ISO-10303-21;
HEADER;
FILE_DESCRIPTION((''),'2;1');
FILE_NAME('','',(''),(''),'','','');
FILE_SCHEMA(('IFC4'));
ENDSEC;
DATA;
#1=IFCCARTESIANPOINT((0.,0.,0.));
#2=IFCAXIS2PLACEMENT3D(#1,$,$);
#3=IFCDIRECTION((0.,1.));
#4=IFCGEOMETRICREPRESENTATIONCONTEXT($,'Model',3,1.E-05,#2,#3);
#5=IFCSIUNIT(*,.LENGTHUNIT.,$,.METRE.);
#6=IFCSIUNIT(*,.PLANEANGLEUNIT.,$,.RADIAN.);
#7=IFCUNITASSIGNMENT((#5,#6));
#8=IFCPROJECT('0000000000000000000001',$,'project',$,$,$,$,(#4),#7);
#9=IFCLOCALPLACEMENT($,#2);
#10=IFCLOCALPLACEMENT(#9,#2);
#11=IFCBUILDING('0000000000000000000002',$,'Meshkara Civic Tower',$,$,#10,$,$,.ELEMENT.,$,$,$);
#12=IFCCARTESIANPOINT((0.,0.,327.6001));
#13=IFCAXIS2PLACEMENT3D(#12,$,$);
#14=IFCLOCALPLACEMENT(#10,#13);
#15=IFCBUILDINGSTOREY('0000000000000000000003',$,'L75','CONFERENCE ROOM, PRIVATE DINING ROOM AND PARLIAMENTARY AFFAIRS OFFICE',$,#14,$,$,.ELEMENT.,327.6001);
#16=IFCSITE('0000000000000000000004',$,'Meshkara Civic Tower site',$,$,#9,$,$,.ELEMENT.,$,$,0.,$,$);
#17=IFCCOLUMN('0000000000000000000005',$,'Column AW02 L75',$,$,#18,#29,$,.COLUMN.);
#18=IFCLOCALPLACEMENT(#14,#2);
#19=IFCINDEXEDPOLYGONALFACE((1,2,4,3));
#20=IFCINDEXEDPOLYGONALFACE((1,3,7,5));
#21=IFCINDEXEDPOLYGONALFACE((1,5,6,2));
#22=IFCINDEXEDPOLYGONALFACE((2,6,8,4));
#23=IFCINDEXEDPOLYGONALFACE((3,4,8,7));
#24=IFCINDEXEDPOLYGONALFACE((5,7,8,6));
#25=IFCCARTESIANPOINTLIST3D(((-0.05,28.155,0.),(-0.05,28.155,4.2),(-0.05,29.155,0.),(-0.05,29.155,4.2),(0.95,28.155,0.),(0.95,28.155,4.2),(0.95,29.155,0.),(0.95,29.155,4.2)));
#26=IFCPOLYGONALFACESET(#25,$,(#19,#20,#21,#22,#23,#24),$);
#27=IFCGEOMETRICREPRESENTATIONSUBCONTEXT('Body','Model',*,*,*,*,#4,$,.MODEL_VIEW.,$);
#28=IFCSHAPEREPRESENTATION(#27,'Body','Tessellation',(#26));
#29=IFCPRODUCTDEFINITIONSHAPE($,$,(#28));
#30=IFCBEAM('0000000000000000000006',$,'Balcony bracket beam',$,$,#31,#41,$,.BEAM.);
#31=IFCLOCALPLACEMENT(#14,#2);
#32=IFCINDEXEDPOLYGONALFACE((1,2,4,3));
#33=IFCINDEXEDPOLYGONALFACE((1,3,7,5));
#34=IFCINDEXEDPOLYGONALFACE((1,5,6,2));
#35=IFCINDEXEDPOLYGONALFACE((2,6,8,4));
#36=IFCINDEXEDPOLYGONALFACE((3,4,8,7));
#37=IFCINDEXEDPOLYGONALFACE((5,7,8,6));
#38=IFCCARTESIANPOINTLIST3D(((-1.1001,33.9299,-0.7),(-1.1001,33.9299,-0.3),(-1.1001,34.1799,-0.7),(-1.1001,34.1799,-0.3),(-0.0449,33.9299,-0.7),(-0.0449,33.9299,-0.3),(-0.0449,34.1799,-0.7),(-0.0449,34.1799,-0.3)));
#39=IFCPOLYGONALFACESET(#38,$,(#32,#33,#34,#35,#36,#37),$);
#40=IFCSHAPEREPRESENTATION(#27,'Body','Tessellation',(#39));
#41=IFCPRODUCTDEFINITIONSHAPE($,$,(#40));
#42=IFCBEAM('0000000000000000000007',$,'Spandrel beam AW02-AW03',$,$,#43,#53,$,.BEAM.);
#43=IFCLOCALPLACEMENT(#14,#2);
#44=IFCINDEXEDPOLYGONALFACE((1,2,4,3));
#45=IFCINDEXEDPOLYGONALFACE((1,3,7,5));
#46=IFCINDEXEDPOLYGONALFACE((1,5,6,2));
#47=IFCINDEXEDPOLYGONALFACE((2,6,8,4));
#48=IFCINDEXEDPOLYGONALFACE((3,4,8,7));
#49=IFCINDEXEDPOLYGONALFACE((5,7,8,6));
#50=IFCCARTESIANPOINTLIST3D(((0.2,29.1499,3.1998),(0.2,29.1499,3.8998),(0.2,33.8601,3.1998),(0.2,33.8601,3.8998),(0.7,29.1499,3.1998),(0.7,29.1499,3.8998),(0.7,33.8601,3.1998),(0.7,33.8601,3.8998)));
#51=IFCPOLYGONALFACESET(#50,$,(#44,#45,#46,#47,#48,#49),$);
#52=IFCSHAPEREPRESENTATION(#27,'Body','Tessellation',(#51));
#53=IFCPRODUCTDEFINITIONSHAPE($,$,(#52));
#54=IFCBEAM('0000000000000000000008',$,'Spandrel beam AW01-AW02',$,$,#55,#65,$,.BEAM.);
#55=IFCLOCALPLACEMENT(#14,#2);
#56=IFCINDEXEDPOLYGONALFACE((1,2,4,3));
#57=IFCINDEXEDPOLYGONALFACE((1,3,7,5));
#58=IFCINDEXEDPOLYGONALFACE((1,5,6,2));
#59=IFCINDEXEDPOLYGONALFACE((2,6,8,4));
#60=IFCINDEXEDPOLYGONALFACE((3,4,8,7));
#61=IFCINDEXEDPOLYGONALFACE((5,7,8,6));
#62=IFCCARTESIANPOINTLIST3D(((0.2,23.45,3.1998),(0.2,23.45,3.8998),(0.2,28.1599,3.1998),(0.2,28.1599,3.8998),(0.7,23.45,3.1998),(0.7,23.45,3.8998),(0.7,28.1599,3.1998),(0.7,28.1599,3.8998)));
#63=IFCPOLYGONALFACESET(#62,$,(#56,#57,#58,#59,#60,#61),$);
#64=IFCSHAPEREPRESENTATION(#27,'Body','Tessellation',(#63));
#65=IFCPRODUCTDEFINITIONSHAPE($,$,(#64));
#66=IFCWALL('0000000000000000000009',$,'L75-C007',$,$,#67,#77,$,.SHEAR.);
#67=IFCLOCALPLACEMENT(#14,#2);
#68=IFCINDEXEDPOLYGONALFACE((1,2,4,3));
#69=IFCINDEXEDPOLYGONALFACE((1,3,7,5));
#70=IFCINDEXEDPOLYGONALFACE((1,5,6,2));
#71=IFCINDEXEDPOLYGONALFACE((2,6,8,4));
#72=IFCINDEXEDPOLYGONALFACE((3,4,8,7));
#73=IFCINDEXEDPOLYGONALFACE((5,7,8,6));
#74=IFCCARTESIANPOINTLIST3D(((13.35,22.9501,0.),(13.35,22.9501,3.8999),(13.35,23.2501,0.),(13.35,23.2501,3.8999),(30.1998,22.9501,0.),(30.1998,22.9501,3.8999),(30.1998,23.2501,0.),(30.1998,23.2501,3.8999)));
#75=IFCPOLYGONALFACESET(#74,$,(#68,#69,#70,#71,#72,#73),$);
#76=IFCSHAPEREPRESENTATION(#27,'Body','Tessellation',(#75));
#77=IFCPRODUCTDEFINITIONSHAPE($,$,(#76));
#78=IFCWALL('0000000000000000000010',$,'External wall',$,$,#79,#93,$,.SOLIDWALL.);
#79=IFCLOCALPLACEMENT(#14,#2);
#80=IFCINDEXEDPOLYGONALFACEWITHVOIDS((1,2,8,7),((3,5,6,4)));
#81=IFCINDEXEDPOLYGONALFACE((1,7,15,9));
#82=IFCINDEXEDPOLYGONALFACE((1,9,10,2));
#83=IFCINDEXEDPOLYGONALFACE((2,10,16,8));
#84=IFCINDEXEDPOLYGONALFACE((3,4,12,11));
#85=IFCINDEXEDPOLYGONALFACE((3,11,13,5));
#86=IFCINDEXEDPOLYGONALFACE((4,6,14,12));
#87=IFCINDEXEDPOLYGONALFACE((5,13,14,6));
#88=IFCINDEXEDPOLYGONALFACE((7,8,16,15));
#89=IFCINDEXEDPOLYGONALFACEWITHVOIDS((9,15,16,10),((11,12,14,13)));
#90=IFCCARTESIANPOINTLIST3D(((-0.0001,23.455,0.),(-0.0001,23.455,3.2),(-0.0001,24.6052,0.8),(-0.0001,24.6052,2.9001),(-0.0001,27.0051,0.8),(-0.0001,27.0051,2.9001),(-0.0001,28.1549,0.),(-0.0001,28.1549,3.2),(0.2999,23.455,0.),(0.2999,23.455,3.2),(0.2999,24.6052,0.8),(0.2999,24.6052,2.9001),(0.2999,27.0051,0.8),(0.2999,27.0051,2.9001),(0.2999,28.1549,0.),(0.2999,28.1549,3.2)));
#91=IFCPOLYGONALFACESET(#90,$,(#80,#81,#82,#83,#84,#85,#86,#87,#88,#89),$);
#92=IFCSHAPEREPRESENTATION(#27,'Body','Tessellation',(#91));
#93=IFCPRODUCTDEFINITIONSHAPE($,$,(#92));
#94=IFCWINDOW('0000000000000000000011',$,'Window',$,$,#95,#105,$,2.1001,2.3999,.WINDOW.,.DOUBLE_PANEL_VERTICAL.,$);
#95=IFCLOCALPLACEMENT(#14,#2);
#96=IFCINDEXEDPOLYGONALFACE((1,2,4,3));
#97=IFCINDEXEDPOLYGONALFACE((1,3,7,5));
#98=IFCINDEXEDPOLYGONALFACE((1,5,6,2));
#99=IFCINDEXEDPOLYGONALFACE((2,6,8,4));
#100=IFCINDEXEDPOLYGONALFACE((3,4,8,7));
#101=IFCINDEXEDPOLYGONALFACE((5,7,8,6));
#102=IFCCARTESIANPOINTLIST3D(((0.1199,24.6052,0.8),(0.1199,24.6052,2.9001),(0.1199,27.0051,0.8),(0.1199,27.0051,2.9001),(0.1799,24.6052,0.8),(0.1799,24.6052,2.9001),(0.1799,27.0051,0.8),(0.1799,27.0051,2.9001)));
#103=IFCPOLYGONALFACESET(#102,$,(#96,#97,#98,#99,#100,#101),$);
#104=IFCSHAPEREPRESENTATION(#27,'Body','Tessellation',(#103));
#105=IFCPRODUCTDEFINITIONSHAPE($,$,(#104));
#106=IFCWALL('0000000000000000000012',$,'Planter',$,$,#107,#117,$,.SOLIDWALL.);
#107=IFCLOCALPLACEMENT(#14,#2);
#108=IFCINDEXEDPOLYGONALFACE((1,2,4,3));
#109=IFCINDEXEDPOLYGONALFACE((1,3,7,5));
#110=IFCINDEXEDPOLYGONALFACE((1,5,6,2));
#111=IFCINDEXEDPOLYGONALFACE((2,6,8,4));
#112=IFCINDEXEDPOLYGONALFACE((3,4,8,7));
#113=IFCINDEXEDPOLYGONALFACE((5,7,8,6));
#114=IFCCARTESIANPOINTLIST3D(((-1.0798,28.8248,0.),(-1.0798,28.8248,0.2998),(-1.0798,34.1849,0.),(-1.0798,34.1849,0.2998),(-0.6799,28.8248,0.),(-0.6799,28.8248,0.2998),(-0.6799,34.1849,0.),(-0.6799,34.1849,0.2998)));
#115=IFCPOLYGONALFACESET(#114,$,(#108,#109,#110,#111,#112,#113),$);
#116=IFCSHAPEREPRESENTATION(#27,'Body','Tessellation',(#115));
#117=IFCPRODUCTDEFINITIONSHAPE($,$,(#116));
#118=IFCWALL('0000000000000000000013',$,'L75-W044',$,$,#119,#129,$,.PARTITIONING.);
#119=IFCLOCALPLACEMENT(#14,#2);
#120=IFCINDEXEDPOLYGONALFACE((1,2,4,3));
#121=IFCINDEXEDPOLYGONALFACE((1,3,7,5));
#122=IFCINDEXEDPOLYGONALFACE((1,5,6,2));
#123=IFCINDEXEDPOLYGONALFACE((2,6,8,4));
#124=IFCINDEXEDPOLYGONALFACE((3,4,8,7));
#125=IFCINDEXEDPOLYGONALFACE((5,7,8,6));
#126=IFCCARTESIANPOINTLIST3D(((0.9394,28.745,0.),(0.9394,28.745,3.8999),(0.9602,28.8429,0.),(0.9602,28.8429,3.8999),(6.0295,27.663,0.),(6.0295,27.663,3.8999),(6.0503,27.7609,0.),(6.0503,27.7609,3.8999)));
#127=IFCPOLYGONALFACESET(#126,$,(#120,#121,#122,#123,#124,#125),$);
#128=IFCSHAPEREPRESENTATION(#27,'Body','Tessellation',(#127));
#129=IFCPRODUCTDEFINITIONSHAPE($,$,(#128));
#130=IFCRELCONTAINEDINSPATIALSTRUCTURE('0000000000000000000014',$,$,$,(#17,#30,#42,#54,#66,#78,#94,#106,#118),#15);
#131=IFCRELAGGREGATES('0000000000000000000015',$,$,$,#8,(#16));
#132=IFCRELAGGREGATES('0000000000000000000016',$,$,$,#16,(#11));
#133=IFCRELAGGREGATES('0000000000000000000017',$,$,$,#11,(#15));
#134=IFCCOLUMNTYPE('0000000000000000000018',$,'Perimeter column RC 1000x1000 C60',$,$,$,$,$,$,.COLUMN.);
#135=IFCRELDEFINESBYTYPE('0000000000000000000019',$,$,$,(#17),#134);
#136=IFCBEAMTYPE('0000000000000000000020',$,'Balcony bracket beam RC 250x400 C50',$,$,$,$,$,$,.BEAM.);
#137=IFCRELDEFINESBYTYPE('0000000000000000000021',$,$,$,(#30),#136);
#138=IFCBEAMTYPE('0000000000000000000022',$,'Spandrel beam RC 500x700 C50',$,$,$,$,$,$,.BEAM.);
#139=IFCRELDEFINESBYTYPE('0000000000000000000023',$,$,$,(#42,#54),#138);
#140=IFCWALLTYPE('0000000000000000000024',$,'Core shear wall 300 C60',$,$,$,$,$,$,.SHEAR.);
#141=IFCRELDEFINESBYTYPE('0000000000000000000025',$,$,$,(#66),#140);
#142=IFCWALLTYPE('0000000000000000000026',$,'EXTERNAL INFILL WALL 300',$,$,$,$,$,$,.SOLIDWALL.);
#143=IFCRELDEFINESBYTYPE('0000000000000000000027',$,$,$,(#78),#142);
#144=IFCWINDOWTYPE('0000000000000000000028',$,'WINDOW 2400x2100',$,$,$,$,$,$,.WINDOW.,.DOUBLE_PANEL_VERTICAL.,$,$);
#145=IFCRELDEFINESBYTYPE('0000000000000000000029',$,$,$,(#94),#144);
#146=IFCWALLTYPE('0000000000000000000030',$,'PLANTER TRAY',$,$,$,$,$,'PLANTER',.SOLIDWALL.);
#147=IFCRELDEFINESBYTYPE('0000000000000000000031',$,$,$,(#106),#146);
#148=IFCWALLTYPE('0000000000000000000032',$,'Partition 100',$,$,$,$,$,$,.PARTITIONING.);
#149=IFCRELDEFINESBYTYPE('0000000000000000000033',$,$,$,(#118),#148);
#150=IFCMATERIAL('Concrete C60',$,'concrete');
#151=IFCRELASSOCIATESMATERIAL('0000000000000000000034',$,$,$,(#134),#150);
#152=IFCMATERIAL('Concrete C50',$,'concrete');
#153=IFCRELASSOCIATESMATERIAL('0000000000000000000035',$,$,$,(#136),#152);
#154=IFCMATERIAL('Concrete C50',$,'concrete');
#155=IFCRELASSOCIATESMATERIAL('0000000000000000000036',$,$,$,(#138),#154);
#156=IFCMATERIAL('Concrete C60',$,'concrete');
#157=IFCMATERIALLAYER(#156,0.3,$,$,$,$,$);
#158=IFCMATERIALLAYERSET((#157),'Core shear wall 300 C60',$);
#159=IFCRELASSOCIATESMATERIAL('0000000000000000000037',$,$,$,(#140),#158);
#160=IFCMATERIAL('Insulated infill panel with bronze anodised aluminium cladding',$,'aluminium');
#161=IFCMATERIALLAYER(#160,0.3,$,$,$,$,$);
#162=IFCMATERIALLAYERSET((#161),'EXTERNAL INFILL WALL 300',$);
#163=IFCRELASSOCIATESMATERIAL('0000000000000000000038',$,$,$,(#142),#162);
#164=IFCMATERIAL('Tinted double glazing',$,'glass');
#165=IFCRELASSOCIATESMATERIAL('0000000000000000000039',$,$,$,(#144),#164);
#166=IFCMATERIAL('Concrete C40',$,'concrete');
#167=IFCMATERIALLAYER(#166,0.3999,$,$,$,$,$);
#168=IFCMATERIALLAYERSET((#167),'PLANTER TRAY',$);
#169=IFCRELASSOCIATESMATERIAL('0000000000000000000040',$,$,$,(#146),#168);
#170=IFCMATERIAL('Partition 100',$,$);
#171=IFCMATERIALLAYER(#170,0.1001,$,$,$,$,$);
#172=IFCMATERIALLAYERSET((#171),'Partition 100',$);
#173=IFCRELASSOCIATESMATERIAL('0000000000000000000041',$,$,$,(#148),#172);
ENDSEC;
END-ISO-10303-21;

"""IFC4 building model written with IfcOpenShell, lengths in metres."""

from ifc_helpers import new_model, si_unit, direction, frame, frame_2d, origin, origin_2d, place, context, subcontext, project, spatial, rectangle, extrude, material, layer, layer_set, material_profile, profile_set, type_object, element, fill, save


model = new_model("IFC4")

# Units and contexts
model_context = context("Model", 3, precision=1e-05, world=origin(), true_north=direction((0.0, 1.0)))
body_context = subcontext(model_context, "Body", "Model", "MODEL_VIEW")
ifc_project = project(units=[si_unit("LENGTHUNIT", "METRE"), si_unit("PLANEANGLEUNIT", "RADIAN")], contexts=[model_context])

# Site, building, storey
site_placement = place(None, origin())
site = spatial("IfcSite", under=ifc_project, at=site_placement, Name="Meshkara Civic Tower site", CompositionType="ELEMENT", RefElevation=0.0)
building_placement = place(site_placement, origin())
building = spatial("IfcBuilding", under=site, at=building_placement, Name="Meshkara Civic Tower", CompositionType="ELEMENT")
storey_placement = place(building_placement, frame((0.0, 0.0, 327.6001)))
storey = spatial("IfcBuildingStorey", under=building, at=storey_placement, Name="L75", Description="CONFERENCE ROOM, PRIVATE DINING ROOM AND PARLIAMENTARY AFFAIRS OFFICE", CompositionType="ELEMENT", Elevation=327.6001)

# Column
ifc_material_1 = material(Name="Concrete C60", Category="concrete")
ifc_material_profile_1 = material_profile(ifc_material_1, rectangle(XDim=1.0, YDim=1.0, at=origin_2d()))
ifc_profile_set_1 = profile_set([ifc_material_profile_1], Name="Concrete C60")
column_type = type_object("IfcColumnType", Name="Perimeter column RC 1000x1000 C60", PredefinedType="COLUMN", material=ifc_profile_set_1)
column_placement = place(storey_placement, frame((0.45, 28.655, 0.0), z_axis=(0.0, 0.0, 1.0), x_axis=(1.0, 0.0, 0.0)))
element("IfcColumn", 1, at=column_placement, inside=storey, type_object=column_type, Name="Column AW02 L75", PredefinedType="COLUMN", context=body_context, shape_type="SweptSolid", body=[
    extrude(rectangle(XDim=1.0, YDim=1.0, at=origin_2d()), origin(), (0.0, 0.0, 1.0), 4.2),
])

# Beams
ifc_material_2 = material(Name="Concrete C50", Category="concrete")
ifc_material_profile_2 = material_profile(ifc_material_2, rectangle(XDim=0.25, YDim=0.3999, at=origin_2d()))
ifc_profile_set_2 = profile_set([ifc_material_profile_2], Name="Concrete C50")
beam_type_1 = type_object("IfcBeamType", Name="Balcony bracket beam RC 250x400 C50", PredefinedType="BEAM", material=ifc_profile_set_2)
beam_1_placement = place(storey_placement, frame((-0.0449, 34.0549, -0.5), z_axis=(-1.0, 0.0, 0.0), x_axis=(0.0, -1.0, 0.0)))
element("IfcBeam", 2, at=beam_1_placement, inside=storey, type_object=beam_type_1, Name="Balcony bracket beam", PredefinedType="BEAM", context=body_context, shape_type="SweptSolid", body=[
    extrude(rectangle(XDim=0.25, YDim=0.3999, at=origin_2d()), origin(), (0.0, 0.0, 1.0), 1.0552),
])
ifc_material_3 = material(Name="Concrete C50", Category="concrete")
ifc_material_profile_3 = material_profile(ifc_material_3, rectangle(XDim=0.5, YDim=0.7, at=origin_2d()))
ifc_profile_set_3 = profile_set([ifc_material_profile_3], Name="Concrete C50")
beam_type_2 = type_object("IfcBeamType", Name="Spandrel beam RC 500x700 C50", PredefinedType="BEAM", material=ifc_profile_set_3)
beam_2_placement = place(storey_placement, frame((0.45, 33.8601, 3.5498), z_axis=(0.0, -1.0, 0.0), x_axis=(1.0, 0.0, 0.0)))
element("IfcBeam", 3, at=beam_2_placement, inside=storey, type_object=beam_type_2, Name="Spandrel beam AW02-AW03", PredefinedType="BEAM", context=body_context, shape_type="SweptSolid", body=[
    extrude(rectangle(XDim=0.5, YDim=0.7, at=origin_2d()), origin(), (0.0, 0.0, 1.0), 4.7102),
])
beam_3_placement = place(storey_placement, frame((0.45, 28.1599, 3.5498), z_axis=(0.0, -1.0, 0.0), x_axis=(1.0, 0.0, 0.0)))
element("IfcBeam", 4, at=beam_3_placement, inside=storey, type_object=beam_type_2, Name="Spandrel beam AW01-AW02", PredefinedType="BEAM", context=body_context, shape_type="SweptSolid", body=[
    extrude(rectangle(XDim=0.5, YDim=0.7, at=origin_2d()), origin(), (0.0, 0.0, 1.0), 4.71),
])

# Wall
ifc_material_4 = material(Name="Concrete C60", Category="concrete")
ifc_layer_1 = layer(ifc_material_4, 0.3)
ifc_layer_set_1 = layer_set([ifc_layer_1], Name="Core shear wall 300 C60")
wall_type_1 = type_object("IfcWallType", Name="Core shear wall 300 C60", PredefinedType="SHEAR", material=ifc_layer_set_1)
wall_1_placement = place(storey_placement, frame((13.3501, 23.1001, 0.0), z_axis=(0.0, 0.0, 1.0), x_axis=(1.0, 0.0, 0.0)))
element("IfcWall", 5, at=wall_1_placement, inside=storey, type_object=wall_type_1, Name="L75-C007", PredefinedType="SHEAR", context=body_context, shape_type="SweptSolid", body=[
    extrude(rectangle(XDim=16.8499, YDim=0.3, at=frame_2d((8.4248, 0.0))), origin(), (0.0, 0.0, 1.0), 3.8999),
])

# Wall, opening, window
ifc_material_5 = material(Name="Insulated infill panel with bronze anodised aluminium cladding", Category="aluminium")
ifc_layer_2 = layer(ifc_material_5, 0.3)
ifc_layer_set_2 = layer_set([ifc_layer_2], Name="EXTERNAL INFILL WALL 300")
wall_type_2 = type_object("IfcWallType", Name="EXTERNAL INFILL WALL 300", PredefinedType="SOLIDWALL", material=ifc_layer_set_2)
wall_2_placement = place(storey_placement, frame((0.1499, 28.155, 0.0), z_axis=(0.0, 0.0, 1.0), x_axis=(0.0, -1.0, 0.0)))
wall_2 = element("IfcWall", 6, at=wall_2_placement, inside=storey, type_object=wall_type_2, Name="External wall", PredefinedType="SOLIDWALL", context=body_context, shape_type="SweptSolid", body=[
    extrude(rectangle(XDim=4.7, YDim=0.3, at=frame_2d((2.3501, 0.0))), origin(), (0.0, 0.0, 1.0), 3.2),
])
opening_1_placement = place(wall_2_placement, frame((1.1499, 0.0, 0.8)))
opening_1 = element("IfcOpeningElement", 7, at=opening_1_placement, cuts=wall_2, PredefinedType="OPENING", context=body_context, shape_type="SweptSolid", body=[
    extrude(rectangle(XDim=2.3999, YDim=2.1001, at=frame_2d((1.2, 1.05))), frame((0.0, 0.1599, 0.0), z_axis=(0.0, -1.0, 0.0), x_axis=(1.0, 0.0, 0.0)), (0.0, 0.0, 1.0), 0.3201),
])
ifc_material_6 = material(Name="Tinted double glazing", Category="glass")
window_type = type_object("IfcWindowType", Name="WINDOW 2400x2100", PartitioningType="DOUBLE_PANEL_VERTICAL", PredefinedType="WINDOW", material=ifc_material_6)
window_placement = place(opening_1_placement, origin())
window = element("IfcWindow", 8, at=window_placement, inside=storey, type_object=window_type, Name="Window", OverallHeight=2.1001, OverallWidth=2.3999, PartitioningType="DOUBLE_PANEL_VERTICAL", PredefinedType="WINDOW", context=body_context, shape_type="SweptSolid", body=[
    extrude(rectangle(XDim=2.3999, YDim=2.1001, at=frame_2d((1.2, 1.05))), frame((0.0, 0.03, 0.0), z_axis=(0.0, -1.0, 0.0), x_axis=(1.0, 0.0, 0.0)), (0.0, 0.0, 1.0), 0.0601),
])
fill(opening_1, window)

# Walls
ifc_material_7 = material(Name="Concrete C40", Category="concrete")
ifc_layer_3 = layer(ifc_material_7, 0.3999)
ifc_layer_set_3 = layer_set([ifc_layer_3], Name="PLANTER TRAY")
wall_type_3 = type_object("IfcWallType", Name="PLANTER TRAY", ElementType="PLANTER", PredefinedType="SOLIDWALL", material=ifc_layer_set_3)
wall_3_placement = place(storey_placement, frame((-0.8799, 34.1851, 0.0), z_axis=(0.0, 0.0, 1.0), x_axis=(0.0, -1.0, 0.0)))
element("IfcWall", 9, at=wall_3_placement, inside=storey, type_object=wall_type_3, Name="Planter", PredefinedType="SOLIDWALL", context=body_context, shape_type="SweptSolid", body=[
    extrude(rectangle(XDim=5.3601, YDim=0.3999, at=frame_2d((2.6802, 0.0))), origin(), (0.0, 0.0, 1.0), 0.2998),
])
ifc_material_8 = material(Name="Partition 100")
ifc_layer_4 = layer(ifc_material_8, 0.1001)
ifc_layer_set_4 = layer_set([ifc_layer_4], Name="Partition 100")
wall_type_4 = type_object("IfcWallType", Name="Partition 100", PredefinedType="PARTITIONING", material=ifc_layer_set_4)
wall_4_placement = place(storey_placement, frame((6.04, 27.7119, 0.0), z_axis=(0.0, 0.0, 1.0), x_axis=(-0.978144, 0.20793, 0.0)))
element("IfcWall", 10, at=wall_4_placement, inside=storey, type_object=wall_type_4, Name="L75-W044", PredefinedType="PARTITIONING", context=body_context, shape_type="SweptSolid", body=[
    extrude(rectangle(XDim=5.2039, YDim=0.1001, at=frame_2d((2.6021, 0.0))), origin(), (0.0, 0.0, 1.0), 3.8999),
])

save(model, "model.ifc")
